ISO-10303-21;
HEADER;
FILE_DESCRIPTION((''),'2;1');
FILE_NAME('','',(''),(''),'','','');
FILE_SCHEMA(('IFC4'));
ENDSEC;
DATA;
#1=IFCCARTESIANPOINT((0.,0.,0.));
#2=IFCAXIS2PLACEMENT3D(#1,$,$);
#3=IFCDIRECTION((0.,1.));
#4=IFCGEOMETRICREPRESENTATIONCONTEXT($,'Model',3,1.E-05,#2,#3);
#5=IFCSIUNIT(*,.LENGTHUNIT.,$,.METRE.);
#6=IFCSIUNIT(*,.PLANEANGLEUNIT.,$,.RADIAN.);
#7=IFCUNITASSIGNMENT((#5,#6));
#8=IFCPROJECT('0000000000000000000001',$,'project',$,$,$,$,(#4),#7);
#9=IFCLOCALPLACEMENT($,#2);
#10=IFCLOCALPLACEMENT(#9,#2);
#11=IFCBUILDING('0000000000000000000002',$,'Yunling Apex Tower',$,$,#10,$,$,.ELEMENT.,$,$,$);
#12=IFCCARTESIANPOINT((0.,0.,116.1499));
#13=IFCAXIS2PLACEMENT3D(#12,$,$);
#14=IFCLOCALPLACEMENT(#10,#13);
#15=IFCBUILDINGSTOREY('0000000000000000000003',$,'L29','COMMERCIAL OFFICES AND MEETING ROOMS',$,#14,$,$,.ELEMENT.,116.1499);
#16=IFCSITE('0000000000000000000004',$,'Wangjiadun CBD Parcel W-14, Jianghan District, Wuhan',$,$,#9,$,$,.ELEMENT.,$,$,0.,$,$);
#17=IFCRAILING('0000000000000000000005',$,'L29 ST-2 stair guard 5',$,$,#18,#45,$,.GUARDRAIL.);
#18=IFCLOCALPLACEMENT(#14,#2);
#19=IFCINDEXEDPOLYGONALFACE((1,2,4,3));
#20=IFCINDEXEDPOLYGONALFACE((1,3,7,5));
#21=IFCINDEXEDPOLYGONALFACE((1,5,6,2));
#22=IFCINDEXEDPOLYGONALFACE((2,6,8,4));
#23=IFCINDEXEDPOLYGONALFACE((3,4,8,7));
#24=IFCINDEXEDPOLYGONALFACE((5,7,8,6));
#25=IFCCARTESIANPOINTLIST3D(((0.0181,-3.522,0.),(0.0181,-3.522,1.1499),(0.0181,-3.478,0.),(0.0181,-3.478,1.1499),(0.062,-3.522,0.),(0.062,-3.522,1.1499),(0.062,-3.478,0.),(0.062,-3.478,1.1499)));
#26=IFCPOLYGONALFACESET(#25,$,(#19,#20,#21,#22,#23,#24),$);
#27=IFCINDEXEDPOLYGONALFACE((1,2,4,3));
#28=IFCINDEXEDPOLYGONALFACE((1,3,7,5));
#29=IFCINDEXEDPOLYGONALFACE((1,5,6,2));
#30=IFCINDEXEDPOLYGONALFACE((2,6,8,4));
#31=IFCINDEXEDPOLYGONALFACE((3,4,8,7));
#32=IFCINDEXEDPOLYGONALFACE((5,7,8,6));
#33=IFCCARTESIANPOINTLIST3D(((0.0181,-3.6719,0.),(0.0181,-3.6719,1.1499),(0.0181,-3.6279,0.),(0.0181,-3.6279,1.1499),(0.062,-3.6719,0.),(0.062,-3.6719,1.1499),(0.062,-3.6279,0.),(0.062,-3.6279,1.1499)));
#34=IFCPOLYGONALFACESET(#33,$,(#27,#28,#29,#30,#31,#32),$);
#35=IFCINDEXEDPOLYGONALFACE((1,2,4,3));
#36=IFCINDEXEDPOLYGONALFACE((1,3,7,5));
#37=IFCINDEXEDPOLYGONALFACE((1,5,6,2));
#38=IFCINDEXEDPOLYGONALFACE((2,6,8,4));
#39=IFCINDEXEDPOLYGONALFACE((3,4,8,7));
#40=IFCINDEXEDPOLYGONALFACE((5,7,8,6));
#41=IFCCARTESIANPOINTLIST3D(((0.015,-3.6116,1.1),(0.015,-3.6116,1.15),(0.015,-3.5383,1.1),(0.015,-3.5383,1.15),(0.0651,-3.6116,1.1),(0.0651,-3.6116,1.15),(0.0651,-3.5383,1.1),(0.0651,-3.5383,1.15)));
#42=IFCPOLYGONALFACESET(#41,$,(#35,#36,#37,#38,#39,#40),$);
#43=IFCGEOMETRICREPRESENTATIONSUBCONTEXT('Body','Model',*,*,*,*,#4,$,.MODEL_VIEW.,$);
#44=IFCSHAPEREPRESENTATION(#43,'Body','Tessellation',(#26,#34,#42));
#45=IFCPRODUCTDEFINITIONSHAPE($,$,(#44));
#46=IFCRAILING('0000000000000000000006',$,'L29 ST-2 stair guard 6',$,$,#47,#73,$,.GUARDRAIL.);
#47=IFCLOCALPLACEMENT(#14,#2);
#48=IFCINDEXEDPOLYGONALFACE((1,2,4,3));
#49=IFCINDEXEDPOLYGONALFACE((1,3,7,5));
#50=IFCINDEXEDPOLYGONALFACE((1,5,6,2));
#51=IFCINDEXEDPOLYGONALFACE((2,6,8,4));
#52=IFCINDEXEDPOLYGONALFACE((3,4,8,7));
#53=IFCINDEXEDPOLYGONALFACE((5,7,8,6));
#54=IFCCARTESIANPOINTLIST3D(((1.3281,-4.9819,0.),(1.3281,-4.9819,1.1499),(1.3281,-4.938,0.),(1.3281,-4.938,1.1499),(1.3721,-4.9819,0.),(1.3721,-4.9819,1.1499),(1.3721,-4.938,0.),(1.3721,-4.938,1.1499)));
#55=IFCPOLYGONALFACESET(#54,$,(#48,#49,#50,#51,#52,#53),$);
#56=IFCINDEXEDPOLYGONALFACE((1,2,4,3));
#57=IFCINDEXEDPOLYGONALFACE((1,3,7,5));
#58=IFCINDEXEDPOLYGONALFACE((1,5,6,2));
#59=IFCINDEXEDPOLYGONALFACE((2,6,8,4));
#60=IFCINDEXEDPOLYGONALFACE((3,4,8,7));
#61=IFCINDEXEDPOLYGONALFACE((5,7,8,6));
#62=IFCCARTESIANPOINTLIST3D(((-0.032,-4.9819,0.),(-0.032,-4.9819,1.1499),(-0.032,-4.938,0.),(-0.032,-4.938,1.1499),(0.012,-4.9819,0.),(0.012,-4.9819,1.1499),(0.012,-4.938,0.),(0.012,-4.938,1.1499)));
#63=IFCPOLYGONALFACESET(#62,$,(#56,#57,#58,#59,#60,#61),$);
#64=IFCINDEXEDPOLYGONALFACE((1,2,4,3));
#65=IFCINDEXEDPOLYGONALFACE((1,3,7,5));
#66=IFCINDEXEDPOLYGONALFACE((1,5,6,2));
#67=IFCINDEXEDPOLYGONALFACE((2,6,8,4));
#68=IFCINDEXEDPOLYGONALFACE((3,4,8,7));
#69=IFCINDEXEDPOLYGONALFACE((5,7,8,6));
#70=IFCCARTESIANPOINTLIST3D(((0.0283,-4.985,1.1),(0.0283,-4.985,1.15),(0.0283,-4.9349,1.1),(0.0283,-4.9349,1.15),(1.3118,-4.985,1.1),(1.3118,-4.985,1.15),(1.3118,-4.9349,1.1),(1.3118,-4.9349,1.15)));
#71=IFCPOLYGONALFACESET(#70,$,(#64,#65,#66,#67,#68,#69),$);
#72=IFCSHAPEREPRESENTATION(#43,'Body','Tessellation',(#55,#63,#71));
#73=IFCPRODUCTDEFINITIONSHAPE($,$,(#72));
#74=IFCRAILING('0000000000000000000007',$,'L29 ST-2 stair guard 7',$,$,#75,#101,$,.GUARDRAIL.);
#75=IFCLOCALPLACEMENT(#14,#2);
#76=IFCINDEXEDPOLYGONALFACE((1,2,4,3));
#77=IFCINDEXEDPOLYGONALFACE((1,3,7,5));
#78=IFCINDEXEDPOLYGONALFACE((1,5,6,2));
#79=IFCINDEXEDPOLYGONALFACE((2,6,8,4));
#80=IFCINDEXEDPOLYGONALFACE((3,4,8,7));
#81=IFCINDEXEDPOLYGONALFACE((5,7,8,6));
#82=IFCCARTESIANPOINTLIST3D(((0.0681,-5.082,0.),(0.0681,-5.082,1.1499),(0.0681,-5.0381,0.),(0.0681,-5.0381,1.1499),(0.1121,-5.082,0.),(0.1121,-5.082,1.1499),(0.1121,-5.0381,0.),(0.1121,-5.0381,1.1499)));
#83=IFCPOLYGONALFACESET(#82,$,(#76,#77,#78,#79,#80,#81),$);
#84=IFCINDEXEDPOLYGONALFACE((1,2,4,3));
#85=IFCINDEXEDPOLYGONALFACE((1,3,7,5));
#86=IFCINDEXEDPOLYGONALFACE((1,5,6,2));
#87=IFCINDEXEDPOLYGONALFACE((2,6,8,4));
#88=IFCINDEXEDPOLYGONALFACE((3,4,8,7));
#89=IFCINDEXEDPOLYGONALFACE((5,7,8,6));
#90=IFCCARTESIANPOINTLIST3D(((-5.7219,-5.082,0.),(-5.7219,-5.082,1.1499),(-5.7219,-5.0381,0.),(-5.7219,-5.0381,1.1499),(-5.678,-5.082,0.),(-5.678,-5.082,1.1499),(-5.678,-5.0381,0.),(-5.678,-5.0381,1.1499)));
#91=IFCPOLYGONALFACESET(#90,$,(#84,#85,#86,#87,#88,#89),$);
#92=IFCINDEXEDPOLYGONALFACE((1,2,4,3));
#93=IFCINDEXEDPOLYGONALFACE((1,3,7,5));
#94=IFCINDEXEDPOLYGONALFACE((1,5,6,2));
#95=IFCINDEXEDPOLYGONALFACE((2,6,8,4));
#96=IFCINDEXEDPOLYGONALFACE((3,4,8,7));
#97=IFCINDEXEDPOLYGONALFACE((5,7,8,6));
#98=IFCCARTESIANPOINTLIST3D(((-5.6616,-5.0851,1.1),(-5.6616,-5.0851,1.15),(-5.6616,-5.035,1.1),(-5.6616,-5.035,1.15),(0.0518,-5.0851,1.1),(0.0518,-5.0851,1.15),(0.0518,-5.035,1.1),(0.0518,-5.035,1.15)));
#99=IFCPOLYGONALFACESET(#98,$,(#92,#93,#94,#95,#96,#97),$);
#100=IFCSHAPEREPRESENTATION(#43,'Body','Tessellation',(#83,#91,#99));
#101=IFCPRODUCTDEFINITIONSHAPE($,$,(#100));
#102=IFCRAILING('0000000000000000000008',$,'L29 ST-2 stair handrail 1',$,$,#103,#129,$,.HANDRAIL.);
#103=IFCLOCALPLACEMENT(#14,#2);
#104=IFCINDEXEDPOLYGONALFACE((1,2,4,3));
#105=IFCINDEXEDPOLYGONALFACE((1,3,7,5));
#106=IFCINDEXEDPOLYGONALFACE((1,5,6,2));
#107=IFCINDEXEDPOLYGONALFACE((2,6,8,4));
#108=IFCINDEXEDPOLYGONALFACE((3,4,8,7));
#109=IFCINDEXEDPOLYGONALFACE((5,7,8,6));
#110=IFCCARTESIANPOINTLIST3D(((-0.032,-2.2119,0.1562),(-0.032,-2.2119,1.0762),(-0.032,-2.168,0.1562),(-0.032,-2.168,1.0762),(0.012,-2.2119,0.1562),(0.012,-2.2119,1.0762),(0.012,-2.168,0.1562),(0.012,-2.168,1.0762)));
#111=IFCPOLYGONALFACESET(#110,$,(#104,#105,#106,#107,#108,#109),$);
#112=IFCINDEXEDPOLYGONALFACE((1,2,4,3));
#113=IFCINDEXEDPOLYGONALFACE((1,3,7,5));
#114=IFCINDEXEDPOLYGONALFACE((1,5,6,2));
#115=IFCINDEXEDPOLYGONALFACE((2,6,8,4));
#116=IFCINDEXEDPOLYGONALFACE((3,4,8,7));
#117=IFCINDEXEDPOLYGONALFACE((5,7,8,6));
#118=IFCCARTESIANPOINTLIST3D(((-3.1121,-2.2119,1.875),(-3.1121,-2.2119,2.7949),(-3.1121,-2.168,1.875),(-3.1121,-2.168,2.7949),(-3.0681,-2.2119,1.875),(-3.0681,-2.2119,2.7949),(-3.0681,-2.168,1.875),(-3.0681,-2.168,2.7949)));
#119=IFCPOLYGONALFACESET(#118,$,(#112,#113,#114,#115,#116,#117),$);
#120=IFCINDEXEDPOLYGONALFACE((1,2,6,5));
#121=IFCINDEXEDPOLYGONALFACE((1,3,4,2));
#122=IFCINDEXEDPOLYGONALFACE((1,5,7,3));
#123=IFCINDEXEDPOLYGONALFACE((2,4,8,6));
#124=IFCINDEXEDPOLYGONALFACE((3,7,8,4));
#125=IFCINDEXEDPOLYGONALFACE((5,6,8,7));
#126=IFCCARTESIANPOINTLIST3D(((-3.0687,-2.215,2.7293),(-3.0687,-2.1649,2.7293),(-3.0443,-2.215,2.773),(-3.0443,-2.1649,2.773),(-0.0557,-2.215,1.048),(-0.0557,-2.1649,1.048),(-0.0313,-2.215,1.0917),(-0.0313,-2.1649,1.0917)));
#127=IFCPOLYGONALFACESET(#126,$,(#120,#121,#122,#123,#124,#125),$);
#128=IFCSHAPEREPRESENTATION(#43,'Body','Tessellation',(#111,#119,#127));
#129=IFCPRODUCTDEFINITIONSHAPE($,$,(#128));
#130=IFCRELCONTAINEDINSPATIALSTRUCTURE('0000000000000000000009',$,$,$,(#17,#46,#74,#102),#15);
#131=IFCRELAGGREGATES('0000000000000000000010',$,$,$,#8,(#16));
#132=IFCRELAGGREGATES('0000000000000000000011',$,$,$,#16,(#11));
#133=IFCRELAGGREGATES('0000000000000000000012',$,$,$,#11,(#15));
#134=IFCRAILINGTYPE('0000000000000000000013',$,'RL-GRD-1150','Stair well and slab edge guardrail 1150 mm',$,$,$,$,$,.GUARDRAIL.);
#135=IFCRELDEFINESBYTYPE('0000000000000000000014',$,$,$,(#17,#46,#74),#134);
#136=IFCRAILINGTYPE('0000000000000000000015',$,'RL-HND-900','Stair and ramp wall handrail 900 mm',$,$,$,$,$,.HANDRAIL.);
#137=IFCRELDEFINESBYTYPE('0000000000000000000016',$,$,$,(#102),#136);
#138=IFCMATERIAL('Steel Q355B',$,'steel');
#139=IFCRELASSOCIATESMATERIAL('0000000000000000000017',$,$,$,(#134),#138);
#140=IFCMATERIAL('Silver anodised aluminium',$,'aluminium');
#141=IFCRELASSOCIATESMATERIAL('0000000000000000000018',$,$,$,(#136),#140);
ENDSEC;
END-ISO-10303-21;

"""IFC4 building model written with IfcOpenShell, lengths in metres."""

from ifc_helpers import new_model, si_unit, direction, frame, origin, origin_2d, place, context, subcontext, project, spatial, rectangle, extrude, material, type_object, element, save


model = new_model("IFC4")

# Units and contexts
model_context = context("Model", 3, precision=1e-05, world=origin(), true_north=direction((0.0, 1.0)))
body_context = subcontext(model_context, "Body", "Model", "MODEL_VIEW")
ifc_project = project(units=[si_unit("LENGTHUNIT", "METRE"), si_unit("PLANEANGLEUNIT", "RADIAN")], contexts=[model_context])

# Site, building, storey
site_placement = place(None, origin())
site = spatial("IfcSite", under=ifc_project, at=site_placement, Name="Wangjiadun CBD Parcel W-14, Jianghan District, Wuhan", CompositionType="ELEMENT", RefElevation=0.0)
building_placement = place(site_placement, origin())
building = spatial("IfcBuilding", under=site, at=building_placement, Name="Yunling Apex Tower", CompositionType="ELEMENT")
storey_placement = place(building_placement, frame((0.0, 0.0, 116.1499)))
storey = spatial("IfcBuildingStorey", under=building, at=storey_placement, Name="L29", Description="COMMERCIAL OFFICES AND MEETING ROOMS", CompositionType="ELEMENT", Elevation=116.1499)

# Shared definitions
ifc_material_1 = material(Name="Steel Q355B", Category="steel")

# Railings
railing_type_1 = type_object("IfcRailingType", Name="RL-GRD-1150", Description="Stair well and slab edge guardrail 1150 mm", PredefinedType="GUARDRAIL", material=ifc_material_1)
railing_1_placement = place(storey_placement, frame((0.04, -3.5, 0.0)))
element("IfcRailing", 1, at=railing_1_placement, inside=storey, type_object=railing_type_1, Name="L29 ST-2 stair guard 5", PredefinedType="GUARDRAIL", context=body_context, shape_type="SweptSolid", body=[
    extrude(rectangle(XDim=0.0439, YDim=0.0439, at=origin_2d()), origin(), (0.0, 0.0, 1.0), 1.1499),
    extrude(rectangle(XDim=0.0439, YDim=0.0439, at=origin_2d()), frame((0.0, -0.1499, 0.0)), (0.0, 0.0, 1.0), 1.1499),
    extrude(rectangle(XDim=0.05, YDim=0.05, at=origin_2d()), frame((0.0, -0.0383, 1.125), z_axis=(0.0, -1.0, 0.0), x_axis=(1.0, 0.0, 0.0)), (0.0, 0.0, 1.0), 0.0732),
])
railing_2_placement = place(storey_placement, frame((1.3501, -4.96, 0.0)))
element("IfcRailing", 2, at=railing_2_placement, inside=storey, type_object=railing_type_1, Name="L29 ST-2 stair guard 6", PredefinedType="GUARDRAIL", context=body_context, shape_type="SweptSolid", body=[
    extrude(rectangle(XDim=0.0439, YDim=0.0439, at=origin_2d()), origin(), (0.0, 0.0, 1.0), 1.1499),
    extrude(rectangle(XDim=0.0439, YDim=0.0439, at=origin_2d()), frame((-1.3601, 0.0, 0.0)), (0.0, 0.0, 1.0), 1.1499),
    extrude(rectangle(XDim=0.05, YDim=0.05, at=origin_2d()), frame((-0.0383, 0.0, 1.125), z_axis=(-1.0, 0.0, 0.0), x_axis=(0.0, -1.0, 0.0)), (0.0, 0.0, 1.0), 1.2834),
])
railing_3_placement = place(storey_placement, frame((0.0901, -5.0601, 0.0)))
element("IfcRailing", 3, at=railing_3_placement, inside=storey, type_object=railing_type_1, Name="L29 ST-2 stair guard 7", PredefinedType="GUARDRAIL", context=body_context, shape_type="SweptSolid", body=[
    extrude(rectangle(XDim=0.0439, YDim=0.0439, at=origin_2d()), origin(), (0.0, 0.0, 1.0), 1.1499),
    extrude(rectangle(XDim=0.0439, YDim=0.0439, at=origin_2d()), frame((-5.79, 0.0, 0.0)), (0.0, 0.0, 1.0), 1.1499),
    extrude(rectangle(XDim=0.05, YDim=0.05, at=origin_2d()), frame((-0.0383, 0.0, 1.125), z_axis=(-1.0, 0.0, 0.0), x_axis=(0.0, -1.0, 0.0)), (0.0, 0.0, 1.0), 5.7134),
])
ifc_material_2 = material(Name="Silver anodised aluminium", Category="aluminium")
railing_type_2 = type_object("IfcRailingType", Name="RL-HND-900", Description="Stair and ramp wall handrail 900 mm", PredefinedType="HANDRAIL", material=ifc_material_2)
railing_4_placement = place(storey_placement, frame((-0.01, -2.1899, 0.1562)))
element("IfcRailing", 4, at=railing_4_placement, inside=storey, type_object=railing_type_2, Name="L29 ST-2 stair handrail 1", PredefinedType="HANDRAIL", context=body_context, shape_type="SweptSolid", body=[
    extrude(rectangle(XDim=0.0439, YDim=0.0439, at=origin_2d()), origin(), (0.0, 0.0, 1.0), 0.9199),
    extrude(rectangle(XDim=0.0439, YDim=0.0439, at=origin_2d()), frame((-3.0801, 0.0, 1.7188)), (0.0, 0.0, 1.0), 0.9199),
    extrude(rectangle(XDim=0.05, YDim=0.05, at=origin_2d()), frame((-0.0334, 0.0, 0.9136), z_axis=(-0.873242, 0.0, 0.487288), x_axis=(0.0, -1.0, 0.0)), (0.0, 0.0, 1.0), 3.4504),
])

save(model, "model.ifc")
